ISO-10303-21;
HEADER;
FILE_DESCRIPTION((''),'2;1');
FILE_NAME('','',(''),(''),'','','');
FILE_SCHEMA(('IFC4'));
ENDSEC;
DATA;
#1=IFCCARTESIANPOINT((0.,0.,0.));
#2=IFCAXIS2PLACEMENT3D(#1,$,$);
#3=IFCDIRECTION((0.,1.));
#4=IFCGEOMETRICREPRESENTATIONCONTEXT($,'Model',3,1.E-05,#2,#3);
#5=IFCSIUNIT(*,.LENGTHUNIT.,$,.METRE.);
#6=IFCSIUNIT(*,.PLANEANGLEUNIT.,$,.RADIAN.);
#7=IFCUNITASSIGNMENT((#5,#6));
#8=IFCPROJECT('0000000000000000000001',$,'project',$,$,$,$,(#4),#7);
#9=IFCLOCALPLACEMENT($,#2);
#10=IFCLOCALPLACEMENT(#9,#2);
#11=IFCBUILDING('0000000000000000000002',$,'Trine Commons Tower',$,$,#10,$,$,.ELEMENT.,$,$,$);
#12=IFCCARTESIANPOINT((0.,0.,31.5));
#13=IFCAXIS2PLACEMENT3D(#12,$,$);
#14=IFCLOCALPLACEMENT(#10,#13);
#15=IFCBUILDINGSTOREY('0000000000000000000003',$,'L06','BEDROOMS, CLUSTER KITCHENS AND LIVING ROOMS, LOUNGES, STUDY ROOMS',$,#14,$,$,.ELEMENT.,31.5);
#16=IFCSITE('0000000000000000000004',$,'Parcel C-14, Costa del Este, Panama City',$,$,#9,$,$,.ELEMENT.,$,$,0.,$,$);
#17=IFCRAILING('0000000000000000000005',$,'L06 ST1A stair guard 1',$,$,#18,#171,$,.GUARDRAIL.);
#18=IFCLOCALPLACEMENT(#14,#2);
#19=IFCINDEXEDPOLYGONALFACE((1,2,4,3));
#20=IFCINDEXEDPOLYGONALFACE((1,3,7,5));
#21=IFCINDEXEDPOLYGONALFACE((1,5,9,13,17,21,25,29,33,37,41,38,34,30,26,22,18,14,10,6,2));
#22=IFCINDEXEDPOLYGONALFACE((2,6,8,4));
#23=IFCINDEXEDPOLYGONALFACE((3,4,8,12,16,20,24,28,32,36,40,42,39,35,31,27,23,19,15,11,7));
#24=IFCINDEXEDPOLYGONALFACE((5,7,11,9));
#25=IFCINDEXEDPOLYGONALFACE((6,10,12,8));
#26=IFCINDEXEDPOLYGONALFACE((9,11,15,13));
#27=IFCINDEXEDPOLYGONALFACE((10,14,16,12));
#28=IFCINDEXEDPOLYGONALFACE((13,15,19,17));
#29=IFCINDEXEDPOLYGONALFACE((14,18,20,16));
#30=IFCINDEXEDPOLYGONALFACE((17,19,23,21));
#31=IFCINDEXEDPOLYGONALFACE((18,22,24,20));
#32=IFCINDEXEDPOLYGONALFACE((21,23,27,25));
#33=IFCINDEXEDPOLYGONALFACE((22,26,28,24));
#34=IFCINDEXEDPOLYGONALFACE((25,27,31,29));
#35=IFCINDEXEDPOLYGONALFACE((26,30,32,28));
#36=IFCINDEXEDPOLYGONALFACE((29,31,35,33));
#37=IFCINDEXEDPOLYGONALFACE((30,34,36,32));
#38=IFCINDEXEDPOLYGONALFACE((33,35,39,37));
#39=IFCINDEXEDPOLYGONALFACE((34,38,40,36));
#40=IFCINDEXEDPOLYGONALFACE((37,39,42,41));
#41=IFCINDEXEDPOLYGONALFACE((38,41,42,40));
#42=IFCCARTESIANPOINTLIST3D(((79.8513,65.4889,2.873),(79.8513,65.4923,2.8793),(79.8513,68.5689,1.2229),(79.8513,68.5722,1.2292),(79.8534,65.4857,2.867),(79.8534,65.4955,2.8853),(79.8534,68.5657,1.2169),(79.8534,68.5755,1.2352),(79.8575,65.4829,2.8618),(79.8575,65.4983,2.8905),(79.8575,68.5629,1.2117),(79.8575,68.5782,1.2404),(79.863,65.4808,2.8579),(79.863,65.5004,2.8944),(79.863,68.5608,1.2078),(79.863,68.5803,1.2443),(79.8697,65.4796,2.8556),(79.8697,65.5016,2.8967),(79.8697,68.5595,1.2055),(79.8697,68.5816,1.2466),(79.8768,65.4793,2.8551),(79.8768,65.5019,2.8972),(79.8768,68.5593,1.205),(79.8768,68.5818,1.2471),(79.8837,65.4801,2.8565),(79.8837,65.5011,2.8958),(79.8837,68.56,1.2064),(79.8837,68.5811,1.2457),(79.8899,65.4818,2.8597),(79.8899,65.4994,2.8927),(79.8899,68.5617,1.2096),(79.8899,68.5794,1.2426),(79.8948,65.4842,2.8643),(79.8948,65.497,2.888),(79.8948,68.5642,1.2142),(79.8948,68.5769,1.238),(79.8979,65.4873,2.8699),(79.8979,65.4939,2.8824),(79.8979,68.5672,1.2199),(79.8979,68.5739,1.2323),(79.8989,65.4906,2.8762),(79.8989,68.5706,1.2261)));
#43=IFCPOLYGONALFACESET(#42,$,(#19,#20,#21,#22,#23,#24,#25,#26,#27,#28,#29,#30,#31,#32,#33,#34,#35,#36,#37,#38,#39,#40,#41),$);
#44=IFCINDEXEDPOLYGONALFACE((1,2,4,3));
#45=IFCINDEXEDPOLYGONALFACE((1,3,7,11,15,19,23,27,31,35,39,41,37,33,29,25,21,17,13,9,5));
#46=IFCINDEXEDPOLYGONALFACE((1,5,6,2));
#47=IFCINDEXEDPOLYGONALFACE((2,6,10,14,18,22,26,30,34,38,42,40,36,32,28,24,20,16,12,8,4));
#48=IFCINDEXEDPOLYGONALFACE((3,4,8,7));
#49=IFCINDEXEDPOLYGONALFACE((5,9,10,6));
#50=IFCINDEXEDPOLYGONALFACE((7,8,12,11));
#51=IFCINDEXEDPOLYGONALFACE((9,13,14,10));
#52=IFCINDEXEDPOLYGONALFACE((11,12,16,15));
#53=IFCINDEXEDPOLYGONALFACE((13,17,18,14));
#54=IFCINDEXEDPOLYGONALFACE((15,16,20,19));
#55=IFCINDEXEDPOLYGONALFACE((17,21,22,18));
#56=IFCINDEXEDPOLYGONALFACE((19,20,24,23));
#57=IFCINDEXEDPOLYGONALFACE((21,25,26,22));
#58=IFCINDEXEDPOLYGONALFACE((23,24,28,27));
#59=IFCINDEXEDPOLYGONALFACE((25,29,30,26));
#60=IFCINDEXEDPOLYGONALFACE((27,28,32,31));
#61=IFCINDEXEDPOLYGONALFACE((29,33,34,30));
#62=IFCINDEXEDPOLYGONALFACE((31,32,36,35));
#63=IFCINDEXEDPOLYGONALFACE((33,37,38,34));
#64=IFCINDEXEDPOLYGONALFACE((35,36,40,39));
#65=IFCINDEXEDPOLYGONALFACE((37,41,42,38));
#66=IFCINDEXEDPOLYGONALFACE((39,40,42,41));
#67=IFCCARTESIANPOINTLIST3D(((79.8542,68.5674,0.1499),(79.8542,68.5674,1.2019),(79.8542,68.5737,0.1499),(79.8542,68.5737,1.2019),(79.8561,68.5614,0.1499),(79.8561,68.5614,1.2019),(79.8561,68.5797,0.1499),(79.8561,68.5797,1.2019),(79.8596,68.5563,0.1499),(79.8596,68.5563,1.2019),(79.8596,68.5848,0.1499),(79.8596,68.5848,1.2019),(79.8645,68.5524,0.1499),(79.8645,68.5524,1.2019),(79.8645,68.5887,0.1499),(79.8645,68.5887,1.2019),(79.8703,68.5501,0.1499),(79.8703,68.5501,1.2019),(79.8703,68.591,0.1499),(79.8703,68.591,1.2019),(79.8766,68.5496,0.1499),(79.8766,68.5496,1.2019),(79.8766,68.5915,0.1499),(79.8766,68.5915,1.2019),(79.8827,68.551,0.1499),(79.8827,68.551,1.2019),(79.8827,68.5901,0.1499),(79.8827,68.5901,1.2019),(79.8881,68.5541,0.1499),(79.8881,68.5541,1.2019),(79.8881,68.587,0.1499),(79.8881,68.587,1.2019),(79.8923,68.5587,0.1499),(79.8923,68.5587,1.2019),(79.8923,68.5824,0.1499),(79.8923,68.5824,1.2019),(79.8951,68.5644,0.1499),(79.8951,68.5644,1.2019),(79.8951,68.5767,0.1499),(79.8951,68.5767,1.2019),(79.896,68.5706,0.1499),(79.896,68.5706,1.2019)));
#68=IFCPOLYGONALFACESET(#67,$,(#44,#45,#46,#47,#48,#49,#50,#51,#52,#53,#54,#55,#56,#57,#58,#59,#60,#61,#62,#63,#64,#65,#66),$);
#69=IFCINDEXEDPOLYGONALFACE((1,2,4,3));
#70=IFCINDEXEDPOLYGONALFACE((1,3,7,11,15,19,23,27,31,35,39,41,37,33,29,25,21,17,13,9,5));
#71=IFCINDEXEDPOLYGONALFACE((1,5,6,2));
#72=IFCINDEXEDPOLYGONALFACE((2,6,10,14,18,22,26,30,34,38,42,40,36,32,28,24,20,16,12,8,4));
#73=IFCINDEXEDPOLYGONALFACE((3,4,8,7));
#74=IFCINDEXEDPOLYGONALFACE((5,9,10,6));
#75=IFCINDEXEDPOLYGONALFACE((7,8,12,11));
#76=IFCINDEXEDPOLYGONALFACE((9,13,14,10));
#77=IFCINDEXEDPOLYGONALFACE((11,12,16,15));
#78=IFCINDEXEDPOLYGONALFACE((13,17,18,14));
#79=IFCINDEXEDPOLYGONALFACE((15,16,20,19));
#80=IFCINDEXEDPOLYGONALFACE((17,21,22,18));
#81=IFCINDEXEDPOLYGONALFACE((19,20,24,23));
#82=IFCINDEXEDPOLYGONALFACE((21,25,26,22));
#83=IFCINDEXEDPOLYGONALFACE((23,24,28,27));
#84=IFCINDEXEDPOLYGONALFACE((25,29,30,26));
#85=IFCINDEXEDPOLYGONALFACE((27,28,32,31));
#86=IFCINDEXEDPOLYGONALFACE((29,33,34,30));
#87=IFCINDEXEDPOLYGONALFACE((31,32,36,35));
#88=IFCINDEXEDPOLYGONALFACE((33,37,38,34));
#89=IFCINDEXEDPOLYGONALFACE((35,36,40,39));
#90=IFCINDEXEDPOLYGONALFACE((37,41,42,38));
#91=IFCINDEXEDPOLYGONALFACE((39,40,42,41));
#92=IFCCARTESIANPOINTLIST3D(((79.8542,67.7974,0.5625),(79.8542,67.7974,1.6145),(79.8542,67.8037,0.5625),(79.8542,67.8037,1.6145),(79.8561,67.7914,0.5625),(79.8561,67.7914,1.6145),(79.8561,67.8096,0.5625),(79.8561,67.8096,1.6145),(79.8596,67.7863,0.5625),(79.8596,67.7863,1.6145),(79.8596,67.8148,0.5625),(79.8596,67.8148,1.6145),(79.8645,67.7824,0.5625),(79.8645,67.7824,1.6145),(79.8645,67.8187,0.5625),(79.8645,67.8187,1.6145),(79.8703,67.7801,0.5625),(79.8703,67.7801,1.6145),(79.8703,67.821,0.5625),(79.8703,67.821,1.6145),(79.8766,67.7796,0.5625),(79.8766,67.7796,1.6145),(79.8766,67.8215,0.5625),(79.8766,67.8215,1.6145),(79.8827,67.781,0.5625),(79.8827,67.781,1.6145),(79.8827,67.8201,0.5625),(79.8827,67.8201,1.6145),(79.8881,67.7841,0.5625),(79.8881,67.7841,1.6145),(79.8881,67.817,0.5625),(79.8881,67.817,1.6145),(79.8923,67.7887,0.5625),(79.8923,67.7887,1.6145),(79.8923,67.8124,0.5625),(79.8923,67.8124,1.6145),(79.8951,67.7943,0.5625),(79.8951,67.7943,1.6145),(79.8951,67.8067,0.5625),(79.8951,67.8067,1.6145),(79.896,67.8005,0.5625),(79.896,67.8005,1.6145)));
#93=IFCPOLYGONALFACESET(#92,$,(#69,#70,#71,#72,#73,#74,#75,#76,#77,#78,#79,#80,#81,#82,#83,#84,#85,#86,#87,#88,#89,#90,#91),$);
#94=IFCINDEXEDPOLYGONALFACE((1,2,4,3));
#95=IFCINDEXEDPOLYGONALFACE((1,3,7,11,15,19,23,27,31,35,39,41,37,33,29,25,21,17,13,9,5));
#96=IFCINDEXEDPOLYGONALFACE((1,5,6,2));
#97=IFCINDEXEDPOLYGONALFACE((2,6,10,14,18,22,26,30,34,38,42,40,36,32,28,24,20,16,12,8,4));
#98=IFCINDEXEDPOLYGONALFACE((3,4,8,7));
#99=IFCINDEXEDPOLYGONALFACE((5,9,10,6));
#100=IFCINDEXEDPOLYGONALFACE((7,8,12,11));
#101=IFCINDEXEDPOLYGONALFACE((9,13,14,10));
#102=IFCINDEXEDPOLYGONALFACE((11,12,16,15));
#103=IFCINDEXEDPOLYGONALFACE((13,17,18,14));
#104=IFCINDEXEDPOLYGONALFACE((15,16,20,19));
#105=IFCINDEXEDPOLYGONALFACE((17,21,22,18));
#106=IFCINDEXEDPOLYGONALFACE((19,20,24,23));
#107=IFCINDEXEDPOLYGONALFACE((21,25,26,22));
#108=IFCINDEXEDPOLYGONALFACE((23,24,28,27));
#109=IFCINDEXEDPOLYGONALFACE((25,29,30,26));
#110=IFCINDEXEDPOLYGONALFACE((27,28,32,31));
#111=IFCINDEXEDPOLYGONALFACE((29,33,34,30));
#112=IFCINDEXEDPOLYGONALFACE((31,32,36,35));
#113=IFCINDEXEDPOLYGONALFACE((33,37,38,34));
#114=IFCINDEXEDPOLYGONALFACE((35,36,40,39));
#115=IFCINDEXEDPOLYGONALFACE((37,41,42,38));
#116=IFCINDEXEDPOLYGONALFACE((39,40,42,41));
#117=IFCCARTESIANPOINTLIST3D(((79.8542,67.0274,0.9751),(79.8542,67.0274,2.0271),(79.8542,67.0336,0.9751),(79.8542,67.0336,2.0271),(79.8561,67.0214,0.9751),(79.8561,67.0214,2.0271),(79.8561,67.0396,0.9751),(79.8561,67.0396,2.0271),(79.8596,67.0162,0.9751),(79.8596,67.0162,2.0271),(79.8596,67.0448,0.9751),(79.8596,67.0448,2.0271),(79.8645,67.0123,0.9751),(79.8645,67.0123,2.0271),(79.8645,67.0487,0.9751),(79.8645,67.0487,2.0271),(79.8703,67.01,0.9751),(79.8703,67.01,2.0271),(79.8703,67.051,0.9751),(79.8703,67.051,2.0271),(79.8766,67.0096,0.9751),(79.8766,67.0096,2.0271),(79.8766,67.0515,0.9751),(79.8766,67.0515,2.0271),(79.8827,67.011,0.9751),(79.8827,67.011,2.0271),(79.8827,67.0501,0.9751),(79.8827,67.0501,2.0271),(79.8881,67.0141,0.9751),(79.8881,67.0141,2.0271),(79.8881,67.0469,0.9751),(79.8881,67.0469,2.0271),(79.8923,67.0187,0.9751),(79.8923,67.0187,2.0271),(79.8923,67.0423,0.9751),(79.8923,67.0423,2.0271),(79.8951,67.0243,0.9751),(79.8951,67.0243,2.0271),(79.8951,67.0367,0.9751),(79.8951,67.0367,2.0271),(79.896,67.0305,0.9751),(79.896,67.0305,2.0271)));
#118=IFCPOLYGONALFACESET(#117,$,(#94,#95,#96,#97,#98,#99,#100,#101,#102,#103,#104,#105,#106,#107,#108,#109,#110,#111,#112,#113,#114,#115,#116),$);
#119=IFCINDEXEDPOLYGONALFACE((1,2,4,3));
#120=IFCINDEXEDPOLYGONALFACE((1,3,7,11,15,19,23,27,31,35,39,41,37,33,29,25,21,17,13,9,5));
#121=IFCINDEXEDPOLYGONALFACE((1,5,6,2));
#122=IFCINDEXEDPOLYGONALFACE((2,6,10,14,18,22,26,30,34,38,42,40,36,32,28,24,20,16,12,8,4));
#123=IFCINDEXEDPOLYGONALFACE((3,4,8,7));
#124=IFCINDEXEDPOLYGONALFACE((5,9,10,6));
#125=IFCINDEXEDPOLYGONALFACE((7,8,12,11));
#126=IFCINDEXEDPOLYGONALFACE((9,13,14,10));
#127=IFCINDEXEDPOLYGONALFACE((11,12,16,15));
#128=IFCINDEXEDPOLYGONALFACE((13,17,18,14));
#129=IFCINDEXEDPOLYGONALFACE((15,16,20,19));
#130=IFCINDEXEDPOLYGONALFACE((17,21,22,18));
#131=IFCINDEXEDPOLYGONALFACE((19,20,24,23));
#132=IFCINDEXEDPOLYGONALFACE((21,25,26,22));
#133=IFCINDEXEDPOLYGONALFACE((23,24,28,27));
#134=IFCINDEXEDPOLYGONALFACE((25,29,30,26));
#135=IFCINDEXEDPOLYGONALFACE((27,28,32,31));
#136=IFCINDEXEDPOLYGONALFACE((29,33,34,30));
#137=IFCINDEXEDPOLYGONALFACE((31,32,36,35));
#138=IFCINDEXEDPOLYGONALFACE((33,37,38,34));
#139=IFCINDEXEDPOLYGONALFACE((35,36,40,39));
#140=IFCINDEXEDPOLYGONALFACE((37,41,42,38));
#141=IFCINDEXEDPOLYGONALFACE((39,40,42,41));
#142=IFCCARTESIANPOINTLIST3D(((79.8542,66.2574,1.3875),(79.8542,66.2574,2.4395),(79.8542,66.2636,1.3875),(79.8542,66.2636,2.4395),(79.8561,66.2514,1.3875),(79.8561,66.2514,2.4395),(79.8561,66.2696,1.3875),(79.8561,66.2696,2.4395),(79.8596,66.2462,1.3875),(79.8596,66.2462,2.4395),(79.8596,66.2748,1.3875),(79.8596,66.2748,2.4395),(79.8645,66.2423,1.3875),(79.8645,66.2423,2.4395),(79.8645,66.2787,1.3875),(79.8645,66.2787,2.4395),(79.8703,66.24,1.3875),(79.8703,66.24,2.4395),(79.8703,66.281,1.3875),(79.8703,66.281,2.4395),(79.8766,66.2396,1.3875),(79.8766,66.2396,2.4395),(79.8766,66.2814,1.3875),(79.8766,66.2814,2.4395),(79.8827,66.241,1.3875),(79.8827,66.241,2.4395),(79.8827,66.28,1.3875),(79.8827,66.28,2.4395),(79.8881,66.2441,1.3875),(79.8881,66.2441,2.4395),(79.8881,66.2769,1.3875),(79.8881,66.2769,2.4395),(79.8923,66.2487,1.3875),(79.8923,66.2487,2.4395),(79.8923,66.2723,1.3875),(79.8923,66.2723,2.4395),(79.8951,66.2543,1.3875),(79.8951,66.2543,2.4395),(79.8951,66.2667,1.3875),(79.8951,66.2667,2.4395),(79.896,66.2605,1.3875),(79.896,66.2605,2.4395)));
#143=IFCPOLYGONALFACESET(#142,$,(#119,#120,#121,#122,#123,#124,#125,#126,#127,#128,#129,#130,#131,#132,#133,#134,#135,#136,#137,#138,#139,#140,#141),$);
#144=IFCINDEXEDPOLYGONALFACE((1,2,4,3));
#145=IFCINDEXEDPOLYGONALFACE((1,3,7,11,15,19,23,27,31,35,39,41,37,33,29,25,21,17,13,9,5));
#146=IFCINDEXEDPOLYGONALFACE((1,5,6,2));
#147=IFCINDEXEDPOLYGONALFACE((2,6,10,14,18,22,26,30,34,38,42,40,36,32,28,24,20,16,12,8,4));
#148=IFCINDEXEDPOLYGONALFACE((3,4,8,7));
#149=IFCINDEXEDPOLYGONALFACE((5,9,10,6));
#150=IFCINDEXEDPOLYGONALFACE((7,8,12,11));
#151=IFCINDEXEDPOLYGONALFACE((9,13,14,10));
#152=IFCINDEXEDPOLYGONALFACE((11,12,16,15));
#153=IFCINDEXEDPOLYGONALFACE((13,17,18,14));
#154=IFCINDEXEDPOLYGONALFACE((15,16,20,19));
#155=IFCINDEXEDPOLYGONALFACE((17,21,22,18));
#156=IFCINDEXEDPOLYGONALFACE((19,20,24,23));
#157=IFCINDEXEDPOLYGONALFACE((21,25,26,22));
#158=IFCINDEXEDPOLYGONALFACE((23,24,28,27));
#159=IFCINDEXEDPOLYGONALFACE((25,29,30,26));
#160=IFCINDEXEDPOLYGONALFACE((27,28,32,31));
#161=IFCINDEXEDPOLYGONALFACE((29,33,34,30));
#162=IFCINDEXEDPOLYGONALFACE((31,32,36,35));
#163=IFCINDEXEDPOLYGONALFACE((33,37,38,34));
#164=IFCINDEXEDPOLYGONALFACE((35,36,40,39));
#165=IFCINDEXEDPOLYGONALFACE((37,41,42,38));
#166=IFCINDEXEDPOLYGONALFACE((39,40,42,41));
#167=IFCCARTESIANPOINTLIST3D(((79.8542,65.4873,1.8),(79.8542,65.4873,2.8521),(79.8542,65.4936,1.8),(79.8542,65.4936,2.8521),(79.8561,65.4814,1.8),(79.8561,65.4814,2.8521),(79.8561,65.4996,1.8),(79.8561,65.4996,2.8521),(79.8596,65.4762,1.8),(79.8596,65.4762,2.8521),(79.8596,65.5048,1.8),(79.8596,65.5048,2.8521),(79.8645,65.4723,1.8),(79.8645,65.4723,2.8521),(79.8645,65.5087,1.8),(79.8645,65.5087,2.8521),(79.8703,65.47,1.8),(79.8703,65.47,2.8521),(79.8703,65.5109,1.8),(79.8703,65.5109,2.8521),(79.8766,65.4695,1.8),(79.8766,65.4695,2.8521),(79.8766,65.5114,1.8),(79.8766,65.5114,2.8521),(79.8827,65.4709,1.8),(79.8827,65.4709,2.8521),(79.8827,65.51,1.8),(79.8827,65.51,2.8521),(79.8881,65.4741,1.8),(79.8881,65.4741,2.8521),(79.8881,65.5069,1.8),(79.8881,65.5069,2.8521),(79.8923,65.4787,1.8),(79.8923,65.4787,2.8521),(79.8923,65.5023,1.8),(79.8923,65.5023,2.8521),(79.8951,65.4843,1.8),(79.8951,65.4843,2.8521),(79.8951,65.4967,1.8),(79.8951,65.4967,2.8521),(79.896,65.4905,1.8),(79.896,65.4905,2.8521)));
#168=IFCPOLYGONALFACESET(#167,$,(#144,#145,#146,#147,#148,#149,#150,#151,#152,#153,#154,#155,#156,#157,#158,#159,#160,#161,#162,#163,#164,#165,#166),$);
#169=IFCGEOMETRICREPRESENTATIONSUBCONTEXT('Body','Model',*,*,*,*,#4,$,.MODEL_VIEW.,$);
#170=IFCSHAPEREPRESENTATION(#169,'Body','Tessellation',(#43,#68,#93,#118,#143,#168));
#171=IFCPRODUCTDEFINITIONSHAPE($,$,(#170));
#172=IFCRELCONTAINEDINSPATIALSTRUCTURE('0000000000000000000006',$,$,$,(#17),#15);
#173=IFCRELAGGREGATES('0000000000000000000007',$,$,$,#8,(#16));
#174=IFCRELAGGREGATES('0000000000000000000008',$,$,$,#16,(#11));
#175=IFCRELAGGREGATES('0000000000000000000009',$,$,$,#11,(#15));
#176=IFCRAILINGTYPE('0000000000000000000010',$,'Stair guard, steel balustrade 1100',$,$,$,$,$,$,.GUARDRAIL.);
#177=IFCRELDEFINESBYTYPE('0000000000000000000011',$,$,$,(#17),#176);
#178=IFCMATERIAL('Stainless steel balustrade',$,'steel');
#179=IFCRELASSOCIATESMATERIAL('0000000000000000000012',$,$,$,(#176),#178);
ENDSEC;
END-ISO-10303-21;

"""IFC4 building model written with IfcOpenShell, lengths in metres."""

from ifc_helpers import new_model, si_unit, direction, frame, origin, origin_2d, place, context, subcontext, project, spatial, circle, extrude, material, type_object, element, save


model = new_model("IFC4")

# Units and contexts
model_context = context("Model", 3, precision=1e-05, world=origin(), true_north=direction((0.0, 1.0)))
body_context = subcontext(model_context, "Body", "Model", "MODEL_VIEW")
ifc_project = project(units=[si_unit("LENGTHUNIT", "METRE"), si_unit("PLANEANGLEUNIT", "RADIAN")], contexts=[model_context])

# Site, building, storey
site_placement = place(None, origin())
site = spatial("IfcSite", under=ifc_project, at=site_placement, Name="Parcel C-14, Costa del Este, Panama City", CompositionType="ELEMENT", RefElevation=0.0)
building_placement = place(site_placement, origin())
building = spatial("IfcBuilding", under=site, at=building_placement, Name="Trine Commons Tower", CompositionType="ELEMENT")
storey_placement = place(building_placement, frame((0.0, 0.0, 31.5)))
storey = spatial("IfcBuildingStorey", under=building, at=storey_placement, Name="L06", Description="BEDROOMS, CLUSTER KITCHENS AND LIVING ROOMS, LOUNGES, STUDY ROOMS", CompositionType="ELEMENT", Elevation=31.5)

# Railing
ifc_material_1 = material(Name="Stainless steel balustrade", Category="steel")
railing_type = type_object("IfcRailingType", Name="Stair guard, steel balustrade 1100", PredefinedType="GUARDRAIL", material=ifc_material_1)
railing_1_placement = place(storey_placement, frame((79.875, 68.5706, 0.1499)))
element("IfcRailing", 1, at=railing_1_placement, inside=storey, type_object=railing_type, Name="L06 ST1A stair guard 1", PredefinedType="GUARDRAIL", context=body_context, shape_type="SweptSolid", body=[
    extrude(circle(Radius=0.0239, at=origin_2d()), frame((0.0, 0.0, 1.0762), z_axis=(0.0, -0.881468, 0.472245), x_axis=(1.0, 0.0, 0.0)), (0.0, 0.0, 1.0), 3.4941),
    extrude(circle(Radius=0.021, at=origin_2d()), origin(), (0.0, 0.0, 1.0), 1.052),
    extrude(circle(Radius=0.021, at=origin_2d()), frame((0.0, -0.77, 0.4126)), (0.0, 0.0, 1.0), 1.052),
    extrude(circle(Radius=0.021, at=origin_2d()), frame((0.0, -1.54, 0.8252)), (0.0, 0.0, 1.0), 1.052),
    extrude(circle(Radius=0.021, at=origin_2d()), frame((0.0, -2.3101, 1.2375)), (0.0, 0.0, 1.0), 1.052),
    extrude(circle(Radius=0.021, at=origin_2d()), frame((0.0, -3.0801, 1.6501)), (0.0, 0.0, 1.0), 1.052),
])

save(model, "model.ifc")
